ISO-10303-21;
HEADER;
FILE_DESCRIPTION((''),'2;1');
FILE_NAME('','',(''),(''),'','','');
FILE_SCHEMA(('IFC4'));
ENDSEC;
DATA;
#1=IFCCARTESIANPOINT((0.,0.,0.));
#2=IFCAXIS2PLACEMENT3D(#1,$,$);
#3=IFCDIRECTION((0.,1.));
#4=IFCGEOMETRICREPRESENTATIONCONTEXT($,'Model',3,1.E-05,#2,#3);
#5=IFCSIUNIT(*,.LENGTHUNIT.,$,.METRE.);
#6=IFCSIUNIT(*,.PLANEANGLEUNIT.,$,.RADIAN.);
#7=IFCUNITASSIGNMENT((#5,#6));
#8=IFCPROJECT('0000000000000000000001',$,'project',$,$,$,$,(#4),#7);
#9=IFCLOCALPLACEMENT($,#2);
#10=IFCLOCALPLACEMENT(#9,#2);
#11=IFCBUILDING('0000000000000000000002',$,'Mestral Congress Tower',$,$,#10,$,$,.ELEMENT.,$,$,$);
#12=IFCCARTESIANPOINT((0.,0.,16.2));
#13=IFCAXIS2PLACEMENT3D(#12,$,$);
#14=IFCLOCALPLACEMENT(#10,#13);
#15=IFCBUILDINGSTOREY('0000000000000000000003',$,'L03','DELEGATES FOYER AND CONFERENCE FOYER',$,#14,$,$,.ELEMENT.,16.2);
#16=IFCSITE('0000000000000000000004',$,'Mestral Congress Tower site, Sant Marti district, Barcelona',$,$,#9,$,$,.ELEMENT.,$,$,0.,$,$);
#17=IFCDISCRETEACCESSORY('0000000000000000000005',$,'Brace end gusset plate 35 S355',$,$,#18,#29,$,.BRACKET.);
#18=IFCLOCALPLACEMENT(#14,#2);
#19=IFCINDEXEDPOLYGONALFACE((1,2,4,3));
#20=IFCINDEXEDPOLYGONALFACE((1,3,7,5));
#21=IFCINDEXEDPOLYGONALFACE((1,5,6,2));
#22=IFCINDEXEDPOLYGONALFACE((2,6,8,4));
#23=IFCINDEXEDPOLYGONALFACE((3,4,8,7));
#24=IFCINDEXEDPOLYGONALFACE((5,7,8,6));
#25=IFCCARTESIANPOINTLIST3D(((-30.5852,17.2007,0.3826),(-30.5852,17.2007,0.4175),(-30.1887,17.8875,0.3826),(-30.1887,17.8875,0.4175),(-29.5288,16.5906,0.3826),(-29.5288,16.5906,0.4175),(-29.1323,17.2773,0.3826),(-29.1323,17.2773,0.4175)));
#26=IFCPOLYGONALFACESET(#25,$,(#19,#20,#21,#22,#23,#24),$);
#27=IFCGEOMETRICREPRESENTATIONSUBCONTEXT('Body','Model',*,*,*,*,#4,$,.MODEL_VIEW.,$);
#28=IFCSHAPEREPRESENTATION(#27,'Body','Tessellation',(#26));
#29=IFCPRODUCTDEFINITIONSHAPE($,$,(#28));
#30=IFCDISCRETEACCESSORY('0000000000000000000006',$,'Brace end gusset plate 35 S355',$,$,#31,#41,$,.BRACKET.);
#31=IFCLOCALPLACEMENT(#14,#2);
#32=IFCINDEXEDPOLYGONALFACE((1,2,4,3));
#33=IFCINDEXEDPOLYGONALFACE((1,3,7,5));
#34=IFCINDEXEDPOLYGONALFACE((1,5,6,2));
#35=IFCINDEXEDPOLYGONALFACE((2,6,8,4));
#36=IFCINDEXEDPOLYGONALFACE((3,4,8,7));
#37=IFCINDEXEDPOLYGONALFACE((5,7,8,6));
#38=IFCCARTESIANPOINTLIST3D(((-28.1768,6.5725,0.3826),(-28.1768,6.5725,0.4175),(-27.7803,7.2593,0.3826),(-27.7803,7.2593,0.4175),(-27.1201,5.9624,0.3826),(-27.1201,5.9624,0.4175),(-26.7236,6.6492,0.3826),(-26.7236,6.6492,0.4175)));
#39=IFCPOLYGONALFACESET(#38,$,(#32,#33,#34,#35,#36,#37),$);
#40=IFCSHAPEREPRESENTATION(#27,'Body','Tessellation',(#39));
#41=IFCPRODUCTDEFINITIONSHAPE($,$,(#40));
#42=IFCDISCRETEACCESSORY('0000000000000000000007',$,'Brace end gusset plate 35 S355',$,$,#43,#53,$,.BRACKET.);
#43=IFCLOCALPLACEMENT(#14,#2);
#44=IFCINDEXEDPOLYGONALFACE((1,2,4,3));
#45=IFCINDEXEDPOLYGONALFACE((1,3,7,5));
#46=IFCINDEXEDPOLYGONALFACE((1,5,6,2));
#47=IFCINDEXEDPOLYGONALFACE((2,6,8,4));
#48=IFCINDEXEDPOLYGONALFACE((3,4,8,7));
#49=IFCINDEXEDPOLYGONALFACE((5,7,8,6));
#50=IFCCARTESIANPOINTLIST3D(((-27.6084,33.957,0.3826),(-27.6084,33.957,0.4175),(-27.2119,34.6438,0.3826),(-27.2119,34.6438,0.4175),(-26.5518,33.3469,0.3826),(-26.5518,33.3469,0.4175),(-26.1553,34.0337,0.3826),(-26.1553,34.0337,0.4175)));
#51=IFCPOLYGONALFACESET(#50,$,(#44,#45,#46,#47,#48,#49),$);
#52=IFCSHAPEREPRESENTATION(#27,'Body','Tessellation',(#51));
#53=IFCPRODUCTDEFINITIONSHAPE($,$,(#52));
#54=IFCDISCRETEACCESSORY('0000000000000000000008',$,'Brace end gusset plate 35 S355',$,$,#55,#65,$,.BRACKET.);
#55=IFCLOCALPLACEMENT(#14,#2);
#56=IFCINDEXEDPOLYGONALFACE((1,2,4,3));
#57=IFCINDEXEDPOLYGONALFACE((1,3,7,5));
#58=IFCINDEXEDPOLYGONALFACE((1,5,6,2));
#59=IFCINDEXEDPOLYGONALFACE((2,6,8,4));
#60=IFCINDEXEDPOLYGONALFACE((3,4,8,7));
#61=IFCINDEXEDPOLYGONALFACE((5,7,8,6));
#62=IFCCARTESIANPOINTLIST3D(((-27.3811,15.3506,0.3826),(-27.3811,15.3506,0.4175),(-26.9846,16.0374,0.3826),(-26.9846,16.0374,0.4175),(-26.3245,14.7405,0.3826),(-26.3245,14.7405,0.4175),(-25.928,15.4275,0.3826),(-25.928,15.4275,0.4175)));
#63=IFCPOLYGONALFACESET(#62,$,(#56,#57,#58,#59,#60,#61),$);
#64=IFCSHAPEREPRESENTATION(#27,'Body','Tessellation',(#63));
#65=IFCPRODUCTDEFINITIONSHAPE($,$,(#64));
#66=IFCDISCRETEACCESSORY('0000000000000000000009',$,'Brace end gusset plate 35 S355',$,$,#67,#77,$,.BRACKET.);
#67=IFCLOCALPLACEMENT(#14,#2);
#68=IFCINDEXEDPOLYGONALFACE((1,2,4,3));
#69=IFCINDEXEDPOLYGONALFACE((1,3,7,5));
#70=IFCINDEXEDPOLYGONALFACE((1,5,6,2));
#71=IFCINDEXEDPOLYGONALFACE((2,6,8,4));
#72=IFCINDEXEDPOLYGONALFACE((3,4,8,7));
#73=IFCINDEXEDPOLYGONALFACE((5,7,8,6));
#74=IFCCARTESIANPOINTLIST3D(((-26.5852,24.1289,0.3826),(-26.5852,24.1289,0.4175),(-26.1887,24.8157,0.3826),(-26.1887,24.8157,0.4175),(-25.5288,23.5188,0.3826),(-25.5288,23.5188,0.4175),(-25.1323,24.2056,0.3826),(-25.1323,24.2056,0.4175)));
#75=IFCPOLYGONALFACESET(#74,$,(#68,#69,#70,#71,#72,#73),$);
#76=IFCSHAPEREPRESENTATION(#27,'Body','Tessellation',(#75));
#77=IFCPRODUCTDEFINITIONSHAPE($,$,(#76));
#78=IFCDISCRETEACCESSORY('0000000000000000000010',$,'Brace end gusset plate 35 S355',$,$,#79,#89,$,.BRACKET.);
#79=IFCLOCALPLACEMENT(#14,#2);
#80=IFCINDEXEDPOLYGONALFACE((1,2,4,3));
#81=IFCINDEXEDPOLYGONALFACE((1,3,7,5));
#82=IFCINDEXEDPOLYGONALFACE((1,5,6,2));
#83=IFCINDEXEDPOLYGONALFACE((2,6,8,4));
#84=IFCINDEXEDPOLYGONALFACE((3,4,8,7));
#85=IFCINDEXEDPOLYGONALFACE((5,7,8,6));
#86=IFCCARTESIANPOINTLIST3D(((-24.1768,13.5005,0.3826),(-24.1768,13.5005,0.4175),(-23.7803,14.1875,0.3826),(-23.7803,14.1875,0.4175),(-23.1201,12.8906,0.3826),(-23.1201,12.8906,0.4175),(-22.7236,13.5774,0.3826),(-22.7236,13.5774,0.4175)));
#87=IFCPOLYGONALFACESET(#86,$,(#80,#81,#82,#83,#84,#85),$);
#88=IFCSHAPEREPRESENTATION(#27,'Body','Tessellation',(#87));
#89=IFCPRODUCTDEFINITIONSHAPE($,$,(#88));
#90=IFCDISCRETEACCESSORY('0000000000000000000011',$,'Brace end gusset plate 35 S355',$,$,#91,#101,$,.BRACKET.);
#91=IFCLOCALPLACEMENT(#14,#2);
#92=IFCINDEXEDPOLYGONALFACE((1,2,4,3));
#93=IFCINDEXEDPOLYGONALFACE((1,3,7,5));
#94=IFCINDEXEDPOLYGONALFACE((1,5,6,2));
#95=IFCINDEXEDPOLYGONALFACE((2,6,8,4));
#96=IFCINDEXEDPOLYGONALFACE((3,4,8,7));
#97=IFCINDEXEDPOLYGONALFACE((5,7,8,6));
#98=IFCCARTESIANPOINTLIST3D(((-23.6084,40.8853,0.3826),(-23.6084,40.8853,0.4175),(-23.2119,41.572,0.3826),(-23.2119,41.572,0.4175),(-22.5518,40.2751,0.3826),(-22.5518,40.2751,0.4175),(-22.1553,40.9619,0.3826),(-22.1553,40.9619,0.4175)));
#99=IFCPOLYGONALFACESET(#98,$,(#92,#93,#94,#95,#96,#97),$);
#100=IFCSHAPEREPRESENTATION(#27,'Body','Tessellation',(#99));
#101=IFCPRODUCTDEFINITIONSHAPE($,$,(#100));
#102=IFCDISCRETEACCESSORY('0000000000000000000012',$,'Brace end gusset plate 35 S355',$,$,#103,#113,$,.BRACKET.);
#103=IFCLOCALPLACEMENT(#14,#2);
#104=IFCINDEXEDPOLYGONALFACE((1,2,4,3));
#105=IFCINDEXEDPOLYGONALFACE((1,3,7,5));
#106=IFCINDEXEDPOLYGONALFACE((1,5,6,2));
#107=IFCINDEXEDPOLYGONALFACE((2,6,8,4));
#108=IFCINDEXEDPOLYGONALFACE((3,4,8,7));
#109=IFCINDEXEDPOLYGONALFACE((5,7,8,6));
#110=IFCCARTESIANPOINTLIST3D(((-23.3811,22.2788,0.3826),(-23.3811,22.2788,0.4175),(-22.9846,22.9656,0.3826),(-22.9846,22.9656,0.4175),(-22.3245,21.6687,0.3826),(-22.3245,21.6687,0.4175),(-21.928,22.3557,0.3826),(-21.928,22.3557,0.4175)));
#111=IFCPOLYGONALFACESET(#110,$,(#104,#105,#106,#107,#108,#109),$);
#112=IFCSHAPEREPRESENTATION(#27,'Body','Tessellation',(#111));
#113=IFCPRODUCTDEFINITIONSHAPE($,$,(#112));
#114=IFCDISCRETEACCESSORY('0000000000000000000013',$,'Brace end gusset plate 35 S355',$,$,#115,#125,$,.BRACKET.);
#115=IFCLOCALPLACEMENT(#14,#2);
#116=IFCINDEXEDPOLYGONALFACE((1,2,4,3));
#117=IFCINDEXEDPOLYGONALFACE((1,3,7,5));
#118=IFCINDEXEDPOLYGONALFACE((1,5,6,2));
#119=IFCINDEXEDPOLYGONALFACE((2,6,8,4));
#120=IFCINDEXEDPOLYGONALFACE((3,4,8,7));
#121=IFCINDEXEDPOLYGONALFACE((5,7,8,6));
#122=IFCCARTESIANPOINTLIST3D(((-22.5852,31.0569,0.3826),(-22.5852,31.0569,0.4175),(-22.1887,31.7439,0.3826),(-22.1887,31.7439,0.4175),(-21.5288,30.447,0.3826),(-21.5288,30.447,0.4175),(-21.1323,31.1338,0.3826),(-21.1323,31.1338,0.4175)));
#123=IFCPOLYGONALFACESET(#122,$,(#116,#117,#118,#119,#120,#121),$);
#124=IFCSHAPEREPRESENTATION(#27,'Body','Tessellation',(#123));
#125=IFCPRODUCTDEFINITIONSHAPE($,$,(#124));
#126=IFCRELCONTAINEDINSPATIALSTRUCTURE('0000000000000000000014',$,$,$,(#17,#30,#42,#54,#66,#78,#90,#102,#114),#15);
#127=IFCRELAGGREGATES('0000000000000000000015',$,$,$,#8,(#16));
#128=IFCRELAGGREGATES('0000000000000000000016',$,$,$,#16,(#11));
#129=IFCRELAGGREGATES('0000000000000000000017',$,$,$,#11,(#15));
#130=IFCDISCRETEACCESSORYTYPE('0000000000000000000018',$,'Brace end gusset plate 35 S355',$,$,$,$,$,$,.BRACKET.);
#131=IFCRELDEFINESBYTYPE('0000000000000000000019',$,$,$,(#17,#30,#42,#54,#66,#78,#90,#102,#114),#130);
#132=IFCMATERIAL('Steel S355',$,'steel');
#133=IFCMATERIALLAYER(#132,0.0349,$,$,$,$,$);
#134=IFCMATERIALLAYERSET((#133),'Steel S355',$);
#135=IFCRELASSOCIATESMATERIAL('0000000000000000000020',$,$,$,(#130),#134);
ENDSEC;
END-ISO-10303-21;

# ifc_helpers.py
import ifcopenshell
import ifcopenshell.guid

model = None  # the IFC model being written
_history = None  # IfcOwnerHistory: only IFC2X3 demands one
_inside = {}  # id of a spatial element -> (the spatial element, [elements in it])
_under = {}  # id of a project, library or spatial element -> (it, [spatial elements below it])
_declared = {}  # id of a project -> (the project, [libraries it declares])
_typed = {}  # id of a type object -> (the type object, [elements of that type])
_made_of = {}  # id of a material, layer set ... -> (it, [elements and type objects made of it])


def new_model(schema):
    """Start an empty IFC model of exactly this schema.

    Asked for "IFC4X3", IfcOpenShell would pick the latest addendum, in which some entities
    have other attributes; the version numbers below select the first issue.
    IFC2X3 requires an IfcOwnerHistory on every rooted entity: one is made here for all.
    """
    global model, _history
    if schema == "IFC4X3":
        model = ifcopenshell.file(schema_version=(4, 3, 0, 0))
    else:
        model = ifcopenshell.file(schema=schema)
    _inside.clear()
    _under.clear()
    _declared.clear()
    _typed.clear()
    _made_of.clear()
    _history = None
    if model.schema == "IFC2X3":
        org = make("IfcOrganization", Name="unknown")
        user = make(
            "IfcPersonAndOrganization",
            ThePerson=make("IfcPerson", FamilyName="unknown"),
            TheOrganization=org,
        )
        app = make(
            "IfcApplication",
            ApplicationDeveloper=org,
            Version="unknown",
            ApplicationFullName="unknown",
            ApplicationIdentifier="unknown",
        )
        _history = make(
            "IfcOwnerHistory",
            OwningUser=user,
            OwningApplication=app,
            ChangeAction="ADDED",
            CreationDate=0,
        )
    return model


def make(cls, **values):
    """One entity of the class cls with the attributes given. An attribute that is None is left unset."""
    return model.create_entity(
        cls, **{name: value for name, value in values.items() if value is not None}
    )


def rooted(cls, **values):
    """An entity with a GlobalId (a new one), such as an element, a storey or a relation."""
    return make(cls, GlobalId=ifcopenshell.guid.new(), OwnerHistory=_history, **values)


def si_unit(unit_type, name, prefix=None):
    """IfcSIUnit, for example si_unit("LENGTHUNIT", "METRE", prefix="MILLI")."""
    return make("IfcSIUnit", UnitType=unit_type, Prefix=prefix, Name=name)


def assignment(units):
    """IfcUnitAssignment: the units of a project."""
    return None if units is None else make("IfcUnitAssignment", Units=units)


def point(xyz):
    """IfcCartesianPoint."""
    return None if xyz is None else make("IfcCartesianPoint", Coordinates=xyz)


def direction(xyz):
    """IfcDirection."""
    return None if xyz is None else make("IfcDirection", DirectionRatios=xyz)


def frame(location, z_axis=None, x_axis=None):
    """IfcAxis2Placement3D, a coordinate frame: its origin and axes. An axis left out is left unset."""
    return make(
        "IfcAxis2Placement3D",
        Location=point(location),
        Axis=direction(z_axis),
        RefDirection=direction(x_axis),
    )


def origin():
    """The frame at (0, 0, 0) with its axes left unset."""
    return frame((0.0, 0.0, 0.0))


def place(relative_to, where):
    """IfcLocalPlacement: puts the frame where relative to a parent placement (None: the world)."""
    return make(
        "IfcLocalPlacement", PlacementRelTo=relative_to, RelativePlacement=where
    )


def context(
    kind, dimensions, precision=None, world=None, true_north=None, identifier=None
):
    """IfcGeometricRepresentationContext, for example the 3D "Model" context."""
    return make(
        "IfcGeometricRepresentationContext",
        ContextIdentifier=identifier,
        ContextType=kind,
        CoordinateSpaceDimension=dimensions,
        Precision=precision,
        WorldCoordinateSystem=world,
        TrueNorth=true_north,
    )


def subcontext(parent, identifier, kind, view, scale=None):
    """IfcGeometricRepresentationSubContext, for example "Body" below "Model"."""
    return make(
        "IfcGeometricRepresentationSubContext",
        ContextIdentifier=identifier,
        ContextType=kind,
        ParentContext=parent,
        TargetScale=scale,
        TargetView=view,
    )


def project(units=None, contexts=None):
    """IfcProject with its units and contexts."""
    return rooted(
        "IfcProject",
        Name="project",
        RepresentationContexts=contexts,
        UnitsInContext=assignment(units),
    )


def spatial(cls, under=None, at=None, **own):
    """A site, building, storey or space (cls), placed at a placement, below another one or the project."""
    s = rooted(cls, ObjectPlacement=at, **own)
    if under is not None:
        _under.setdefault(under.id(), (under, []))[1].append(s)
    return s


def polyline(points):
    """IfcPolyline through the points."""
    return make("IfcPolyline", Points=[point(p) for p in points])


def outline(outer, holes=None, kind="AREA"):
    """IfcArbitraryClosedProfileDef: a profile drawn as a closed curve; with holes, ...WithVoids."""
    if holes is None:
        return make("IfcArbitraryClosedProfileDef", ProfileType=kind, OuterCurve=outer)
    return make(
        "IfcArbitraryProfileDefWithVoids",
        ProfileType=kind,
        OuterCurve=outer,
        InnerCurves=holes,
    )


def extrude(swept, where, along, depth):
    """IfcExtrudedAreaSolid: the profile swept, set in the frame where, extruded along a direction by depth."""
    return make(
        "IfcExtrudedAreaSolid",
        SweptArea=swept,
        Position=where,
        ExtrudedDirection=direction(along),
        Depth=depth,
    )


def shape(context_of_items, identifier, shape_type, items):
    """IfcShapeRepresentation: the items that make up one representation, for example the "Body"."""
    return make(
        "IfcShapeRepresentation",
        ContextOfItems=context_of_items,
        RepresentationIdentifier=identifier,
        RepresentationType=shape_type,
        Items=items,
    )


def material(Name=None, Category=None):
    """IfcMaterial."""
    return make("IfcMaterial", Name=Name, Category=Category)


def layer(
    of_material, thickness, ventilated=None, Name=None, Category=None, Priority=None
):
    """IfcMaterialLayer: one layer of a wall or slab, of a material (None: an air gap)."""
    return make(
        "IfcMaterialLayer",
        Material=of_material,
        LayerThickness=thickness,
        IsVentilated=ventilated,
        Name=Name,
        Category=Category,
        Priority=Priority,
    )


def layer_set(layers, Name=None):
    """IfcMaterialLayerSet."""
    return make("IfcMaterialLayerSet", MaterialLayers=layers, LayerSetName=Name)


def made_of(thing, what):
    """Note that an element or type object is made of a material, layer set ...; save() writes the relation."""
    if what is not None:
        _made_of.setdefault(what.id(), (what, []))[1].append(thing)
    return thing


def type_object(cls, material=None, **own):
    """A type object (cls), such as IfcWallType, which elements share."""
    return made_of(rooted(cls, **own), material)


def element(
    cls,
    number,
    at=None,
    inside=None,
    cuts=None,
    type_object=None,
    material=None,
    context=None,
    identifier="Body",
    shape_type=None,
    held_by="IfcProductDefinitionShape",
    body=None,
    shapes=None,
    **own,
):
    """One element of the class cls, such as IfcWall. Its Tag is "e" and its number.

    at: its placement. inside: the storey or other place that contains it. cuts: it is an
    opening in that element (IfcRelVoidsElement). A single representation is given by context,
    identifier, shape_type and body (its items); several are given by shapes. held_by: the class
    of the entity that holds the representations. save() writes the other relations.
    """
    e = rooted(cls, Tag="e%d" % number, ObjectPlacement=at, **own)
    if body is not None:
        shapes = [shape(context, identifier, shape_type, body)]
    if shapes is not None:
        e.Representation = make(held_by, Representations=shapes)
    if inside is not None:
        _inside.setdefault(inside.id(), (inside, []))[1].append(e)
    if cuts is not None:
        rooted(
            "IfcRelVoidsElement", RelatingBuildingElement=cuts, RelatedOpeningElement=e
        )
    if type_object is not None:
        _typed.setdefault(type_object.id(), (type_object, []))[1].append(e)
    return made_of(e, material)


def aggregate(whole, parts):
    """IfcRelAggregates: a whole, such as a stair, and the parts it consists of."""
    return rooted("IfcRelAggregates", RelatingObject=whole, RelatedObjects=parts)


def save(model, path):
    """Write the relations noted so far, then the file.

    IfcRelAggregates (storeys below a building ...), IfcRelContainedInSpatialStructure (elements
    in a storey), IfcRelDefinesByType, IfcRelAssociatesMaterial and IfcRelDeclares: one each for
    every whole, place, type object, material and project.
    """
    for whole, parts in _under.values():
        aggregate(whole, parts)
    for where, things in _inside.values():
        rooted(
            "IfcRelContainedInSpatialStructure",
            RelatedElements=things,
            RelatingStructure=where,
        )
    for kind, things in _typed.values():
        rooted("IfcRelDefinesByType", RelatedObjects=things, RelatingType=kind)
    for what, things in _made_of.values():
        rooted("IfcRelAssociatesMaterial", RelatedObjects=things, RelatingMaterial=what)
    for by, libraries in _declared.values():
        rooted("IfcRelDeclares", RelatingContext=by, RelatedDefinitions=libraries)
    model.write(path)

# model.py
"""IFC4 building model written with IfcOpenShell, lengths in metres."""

from ifc_helpers import new_model, si_unit, direction, frame, origin, place, context, subcontext, project, spatial, polyline, outline, extrude, material, layer, layer_set, type_object, element, save


model = new_model("IFC4")

# Units and contexts
model_context = context("Model", 3, precision=1e-05, world=origin(), true_north=direction((0.0, 1.0)))
body_context = subcontext(model_context, "Body", "Model", "MODEL_VIEW")
ifc_project = project(units=[si_unit("LENGTHUNIT", "METRE"), si_unit("PLANEANGLEUNIT", "RADIAN")], contexts=[model_context])

# Site, building, storey
site_placement = place(None, origin())
site = spatial("IfcSite", under=ifc_project, at=site_placement, Name="Mestral Congress Tower site, Sant Marti district, Barcelona", CompositionType="ELEMENT", RefElevation=0.0)
building_placement = place(site_placement, origin())
building = spatial("IfcBuilding", under=site, at=building_placement, Name="Mestral Congress Tower", CompositionType="ELEMENT")
storey_placement = place(building_placement, frame((0.0, 0.0, 16.2)))
storey = spatial("IfcBuildingStorey", under=building, at=storey_placement, Name="L03", Description="DELEGATES FOYER AND CONFERENCE FOYER", CompositionType="ELEMENT", Elevation=16.2)

# Discrete accessories
ifc_material = material(Name="Steel S355", Category="steel")
ifc_layer = layer(ifc_material, 0.0349)
ifc_layer_set = layer_set([ifc_layer], Name="Steel S355")
discrete_accessory_type = type_object("IfcDiscreteAccessoryType", Name="Brace end gusset plate 35 S355", PredefinedType="BRACKET", material=ifc_layer_set)
placement = place(storey_placement, frame((0.0, 0.0, 0.3826)))
element("IfcDiscreteAccessory", 1, at=placement, inside=storey, type_object=discrete_accessory_type, Name="Brace end gusset plate 35 S355", PredefinedType="BRACKET", context=body_context, shape_type="SweptSolid", body=[
    extrude(outline(polyline([(-30.5852, 17.2007), (-29.5288, 16.5906), (-29.1323, 17.2773), (-30.1887, 17.8875), (-30.5852, 17.2007)])), origin(), (0.0, 0.0, 1.0), 0.0349),
])
element("IfcDiscreteAccessory", 2, at=placement, inside=storey, type_object=discrete_accessory_type, Name="Brace end gusset plate 35 S355", PredefinedType="BRACKET", context=body_context, shape_type="SweptSolid", body=[
    extrude(outline(polyline([(-26.7236, 6.6492), (-27.7803, 7.2593), (-28.1768, 6.5725), (-27.1201, 5.9624), (-26.7236, 6.6492)])), origin(), (0.0, 0.0, 1.0), 0.0349),
])
element("IfcDiscreteAccessory", 3, at=placement, inside=storey, type_object=discrete_accessory_type, Name="Brace end gusset plate 35 S355", PredefinedType="BRACKET", context=body_context, shape_type="SweptSolid", body=[
    extrude(outline(polyline([(-27.6084, 33.957), (-26.5518, 33.3469), (-26.1553, 34.0337), (-27.2119, 34.6438), (-27.6084, 33.957)])), origin(), (0.0, 0.0, 1.0), 0.0349),
])
element("IfcDiscreteAccessory", 4, at=placement, inside=storey, type_object=discrete_accessory_type, Name="Brace end gusset plate 35 S355", PredefinedType="BRACKET", context=body_context, shape_type="SweptSolid", body=[
    extrude(outline(polyline([(-27.3811, 15.3506), (-26.3245, 14.7405), (-25.928, 15.4275), (-26.9846, 16.0374), (-27.3811, 15.3506)])), origin(), (0.0, 0.0, 1.0), 0.0349),
])
element("IfcDiscreteAccessory", 5, at=placement, inside=storey, type_object=discrete_accessory_type, Name="Brace end gusset plate 35 S355", PredefinedType="BRACKET", context=body_context, shape_type="SweptSolid", body=[
    extrude(outline(polyline([(-26.5852, 24.1289), (-25.5288, 23.5188), (-25.1323, 24.2056), (-26.1887, 24.8157), (-26.5852, 24.1289)])), origin(), (0.0, 0.0, 1.0), 0.0349),
])
element("IfcDiscreteAccessory", 6, at=placement, inside=storey, type_object=discrete_accessory_type, Name="Brace end gusset plate 35 S355", PredefinedType="BRACKET", context=body_context, shape_type="SweptSolid", body=[
    extrude(outline(polyline([(-22.7236, 13.5774), (-23.7803, 14.1875), (-24.1768, 13.5005), (-23.1201, 12.8906), (-22.7236, 13.5774)])), origin(), (0.0, 0.0, 1.0), 0.0349),
])
element("IfcDiscreteAccessory", 7, at=placement, inside=storey, type_object=discrete_accessory_type, Name="Brace end gusset plate 35 S355", PredefinedType="BRACKET", context=body_context, shape_type="SweptSolid", body=[
    extrude(outline(polyline([(-23.6084, 40.8853), (-22.5518, 40.2751), (-22.1553, 40.9619), (-23.2119, 41.572), (-23.6084, 40.8853)])), origin(), (0.0, 0.0, 1.0), 0.0349),
])
element("IfcDiscreteAccessory", 8, at=placement, inside=storey, type_object=discrete_accessory_type, Name="Brace end gusset plate 35 S355", PredefinedType="BRACKET", context=body_context, shape_type="SweptSolid", body=[
    extrude(outline(polyline([(-23.3811, 22.2788), (-22.3245, 21.6687), (-21.928, 22.3557), (-22.9846, 22.9656), (-23.3811, 22.2788)])), origin(), (0.0, 0.0, 1.0), 0.0349),
])
element("IfcDiscreteAccessory", 9, at=placement, inside=storey, type_object=discrete_accessory_type, Name="Brace end gusset plate 35 S355", PredefinedType="BRACKET", context=body_context, shape_type="SweptSolid", body=[
    extrude(outline(polyline([(-22.5852, 31.0569), (-21.5288, 30.447), (-21.1323, 31.1338), (-22.1887, 31.7439), (-22.5852, 31.0569)])), origin(), (0.0, 0.0, 1.0), 0.0349),
])

save(model, "model.ifc")
